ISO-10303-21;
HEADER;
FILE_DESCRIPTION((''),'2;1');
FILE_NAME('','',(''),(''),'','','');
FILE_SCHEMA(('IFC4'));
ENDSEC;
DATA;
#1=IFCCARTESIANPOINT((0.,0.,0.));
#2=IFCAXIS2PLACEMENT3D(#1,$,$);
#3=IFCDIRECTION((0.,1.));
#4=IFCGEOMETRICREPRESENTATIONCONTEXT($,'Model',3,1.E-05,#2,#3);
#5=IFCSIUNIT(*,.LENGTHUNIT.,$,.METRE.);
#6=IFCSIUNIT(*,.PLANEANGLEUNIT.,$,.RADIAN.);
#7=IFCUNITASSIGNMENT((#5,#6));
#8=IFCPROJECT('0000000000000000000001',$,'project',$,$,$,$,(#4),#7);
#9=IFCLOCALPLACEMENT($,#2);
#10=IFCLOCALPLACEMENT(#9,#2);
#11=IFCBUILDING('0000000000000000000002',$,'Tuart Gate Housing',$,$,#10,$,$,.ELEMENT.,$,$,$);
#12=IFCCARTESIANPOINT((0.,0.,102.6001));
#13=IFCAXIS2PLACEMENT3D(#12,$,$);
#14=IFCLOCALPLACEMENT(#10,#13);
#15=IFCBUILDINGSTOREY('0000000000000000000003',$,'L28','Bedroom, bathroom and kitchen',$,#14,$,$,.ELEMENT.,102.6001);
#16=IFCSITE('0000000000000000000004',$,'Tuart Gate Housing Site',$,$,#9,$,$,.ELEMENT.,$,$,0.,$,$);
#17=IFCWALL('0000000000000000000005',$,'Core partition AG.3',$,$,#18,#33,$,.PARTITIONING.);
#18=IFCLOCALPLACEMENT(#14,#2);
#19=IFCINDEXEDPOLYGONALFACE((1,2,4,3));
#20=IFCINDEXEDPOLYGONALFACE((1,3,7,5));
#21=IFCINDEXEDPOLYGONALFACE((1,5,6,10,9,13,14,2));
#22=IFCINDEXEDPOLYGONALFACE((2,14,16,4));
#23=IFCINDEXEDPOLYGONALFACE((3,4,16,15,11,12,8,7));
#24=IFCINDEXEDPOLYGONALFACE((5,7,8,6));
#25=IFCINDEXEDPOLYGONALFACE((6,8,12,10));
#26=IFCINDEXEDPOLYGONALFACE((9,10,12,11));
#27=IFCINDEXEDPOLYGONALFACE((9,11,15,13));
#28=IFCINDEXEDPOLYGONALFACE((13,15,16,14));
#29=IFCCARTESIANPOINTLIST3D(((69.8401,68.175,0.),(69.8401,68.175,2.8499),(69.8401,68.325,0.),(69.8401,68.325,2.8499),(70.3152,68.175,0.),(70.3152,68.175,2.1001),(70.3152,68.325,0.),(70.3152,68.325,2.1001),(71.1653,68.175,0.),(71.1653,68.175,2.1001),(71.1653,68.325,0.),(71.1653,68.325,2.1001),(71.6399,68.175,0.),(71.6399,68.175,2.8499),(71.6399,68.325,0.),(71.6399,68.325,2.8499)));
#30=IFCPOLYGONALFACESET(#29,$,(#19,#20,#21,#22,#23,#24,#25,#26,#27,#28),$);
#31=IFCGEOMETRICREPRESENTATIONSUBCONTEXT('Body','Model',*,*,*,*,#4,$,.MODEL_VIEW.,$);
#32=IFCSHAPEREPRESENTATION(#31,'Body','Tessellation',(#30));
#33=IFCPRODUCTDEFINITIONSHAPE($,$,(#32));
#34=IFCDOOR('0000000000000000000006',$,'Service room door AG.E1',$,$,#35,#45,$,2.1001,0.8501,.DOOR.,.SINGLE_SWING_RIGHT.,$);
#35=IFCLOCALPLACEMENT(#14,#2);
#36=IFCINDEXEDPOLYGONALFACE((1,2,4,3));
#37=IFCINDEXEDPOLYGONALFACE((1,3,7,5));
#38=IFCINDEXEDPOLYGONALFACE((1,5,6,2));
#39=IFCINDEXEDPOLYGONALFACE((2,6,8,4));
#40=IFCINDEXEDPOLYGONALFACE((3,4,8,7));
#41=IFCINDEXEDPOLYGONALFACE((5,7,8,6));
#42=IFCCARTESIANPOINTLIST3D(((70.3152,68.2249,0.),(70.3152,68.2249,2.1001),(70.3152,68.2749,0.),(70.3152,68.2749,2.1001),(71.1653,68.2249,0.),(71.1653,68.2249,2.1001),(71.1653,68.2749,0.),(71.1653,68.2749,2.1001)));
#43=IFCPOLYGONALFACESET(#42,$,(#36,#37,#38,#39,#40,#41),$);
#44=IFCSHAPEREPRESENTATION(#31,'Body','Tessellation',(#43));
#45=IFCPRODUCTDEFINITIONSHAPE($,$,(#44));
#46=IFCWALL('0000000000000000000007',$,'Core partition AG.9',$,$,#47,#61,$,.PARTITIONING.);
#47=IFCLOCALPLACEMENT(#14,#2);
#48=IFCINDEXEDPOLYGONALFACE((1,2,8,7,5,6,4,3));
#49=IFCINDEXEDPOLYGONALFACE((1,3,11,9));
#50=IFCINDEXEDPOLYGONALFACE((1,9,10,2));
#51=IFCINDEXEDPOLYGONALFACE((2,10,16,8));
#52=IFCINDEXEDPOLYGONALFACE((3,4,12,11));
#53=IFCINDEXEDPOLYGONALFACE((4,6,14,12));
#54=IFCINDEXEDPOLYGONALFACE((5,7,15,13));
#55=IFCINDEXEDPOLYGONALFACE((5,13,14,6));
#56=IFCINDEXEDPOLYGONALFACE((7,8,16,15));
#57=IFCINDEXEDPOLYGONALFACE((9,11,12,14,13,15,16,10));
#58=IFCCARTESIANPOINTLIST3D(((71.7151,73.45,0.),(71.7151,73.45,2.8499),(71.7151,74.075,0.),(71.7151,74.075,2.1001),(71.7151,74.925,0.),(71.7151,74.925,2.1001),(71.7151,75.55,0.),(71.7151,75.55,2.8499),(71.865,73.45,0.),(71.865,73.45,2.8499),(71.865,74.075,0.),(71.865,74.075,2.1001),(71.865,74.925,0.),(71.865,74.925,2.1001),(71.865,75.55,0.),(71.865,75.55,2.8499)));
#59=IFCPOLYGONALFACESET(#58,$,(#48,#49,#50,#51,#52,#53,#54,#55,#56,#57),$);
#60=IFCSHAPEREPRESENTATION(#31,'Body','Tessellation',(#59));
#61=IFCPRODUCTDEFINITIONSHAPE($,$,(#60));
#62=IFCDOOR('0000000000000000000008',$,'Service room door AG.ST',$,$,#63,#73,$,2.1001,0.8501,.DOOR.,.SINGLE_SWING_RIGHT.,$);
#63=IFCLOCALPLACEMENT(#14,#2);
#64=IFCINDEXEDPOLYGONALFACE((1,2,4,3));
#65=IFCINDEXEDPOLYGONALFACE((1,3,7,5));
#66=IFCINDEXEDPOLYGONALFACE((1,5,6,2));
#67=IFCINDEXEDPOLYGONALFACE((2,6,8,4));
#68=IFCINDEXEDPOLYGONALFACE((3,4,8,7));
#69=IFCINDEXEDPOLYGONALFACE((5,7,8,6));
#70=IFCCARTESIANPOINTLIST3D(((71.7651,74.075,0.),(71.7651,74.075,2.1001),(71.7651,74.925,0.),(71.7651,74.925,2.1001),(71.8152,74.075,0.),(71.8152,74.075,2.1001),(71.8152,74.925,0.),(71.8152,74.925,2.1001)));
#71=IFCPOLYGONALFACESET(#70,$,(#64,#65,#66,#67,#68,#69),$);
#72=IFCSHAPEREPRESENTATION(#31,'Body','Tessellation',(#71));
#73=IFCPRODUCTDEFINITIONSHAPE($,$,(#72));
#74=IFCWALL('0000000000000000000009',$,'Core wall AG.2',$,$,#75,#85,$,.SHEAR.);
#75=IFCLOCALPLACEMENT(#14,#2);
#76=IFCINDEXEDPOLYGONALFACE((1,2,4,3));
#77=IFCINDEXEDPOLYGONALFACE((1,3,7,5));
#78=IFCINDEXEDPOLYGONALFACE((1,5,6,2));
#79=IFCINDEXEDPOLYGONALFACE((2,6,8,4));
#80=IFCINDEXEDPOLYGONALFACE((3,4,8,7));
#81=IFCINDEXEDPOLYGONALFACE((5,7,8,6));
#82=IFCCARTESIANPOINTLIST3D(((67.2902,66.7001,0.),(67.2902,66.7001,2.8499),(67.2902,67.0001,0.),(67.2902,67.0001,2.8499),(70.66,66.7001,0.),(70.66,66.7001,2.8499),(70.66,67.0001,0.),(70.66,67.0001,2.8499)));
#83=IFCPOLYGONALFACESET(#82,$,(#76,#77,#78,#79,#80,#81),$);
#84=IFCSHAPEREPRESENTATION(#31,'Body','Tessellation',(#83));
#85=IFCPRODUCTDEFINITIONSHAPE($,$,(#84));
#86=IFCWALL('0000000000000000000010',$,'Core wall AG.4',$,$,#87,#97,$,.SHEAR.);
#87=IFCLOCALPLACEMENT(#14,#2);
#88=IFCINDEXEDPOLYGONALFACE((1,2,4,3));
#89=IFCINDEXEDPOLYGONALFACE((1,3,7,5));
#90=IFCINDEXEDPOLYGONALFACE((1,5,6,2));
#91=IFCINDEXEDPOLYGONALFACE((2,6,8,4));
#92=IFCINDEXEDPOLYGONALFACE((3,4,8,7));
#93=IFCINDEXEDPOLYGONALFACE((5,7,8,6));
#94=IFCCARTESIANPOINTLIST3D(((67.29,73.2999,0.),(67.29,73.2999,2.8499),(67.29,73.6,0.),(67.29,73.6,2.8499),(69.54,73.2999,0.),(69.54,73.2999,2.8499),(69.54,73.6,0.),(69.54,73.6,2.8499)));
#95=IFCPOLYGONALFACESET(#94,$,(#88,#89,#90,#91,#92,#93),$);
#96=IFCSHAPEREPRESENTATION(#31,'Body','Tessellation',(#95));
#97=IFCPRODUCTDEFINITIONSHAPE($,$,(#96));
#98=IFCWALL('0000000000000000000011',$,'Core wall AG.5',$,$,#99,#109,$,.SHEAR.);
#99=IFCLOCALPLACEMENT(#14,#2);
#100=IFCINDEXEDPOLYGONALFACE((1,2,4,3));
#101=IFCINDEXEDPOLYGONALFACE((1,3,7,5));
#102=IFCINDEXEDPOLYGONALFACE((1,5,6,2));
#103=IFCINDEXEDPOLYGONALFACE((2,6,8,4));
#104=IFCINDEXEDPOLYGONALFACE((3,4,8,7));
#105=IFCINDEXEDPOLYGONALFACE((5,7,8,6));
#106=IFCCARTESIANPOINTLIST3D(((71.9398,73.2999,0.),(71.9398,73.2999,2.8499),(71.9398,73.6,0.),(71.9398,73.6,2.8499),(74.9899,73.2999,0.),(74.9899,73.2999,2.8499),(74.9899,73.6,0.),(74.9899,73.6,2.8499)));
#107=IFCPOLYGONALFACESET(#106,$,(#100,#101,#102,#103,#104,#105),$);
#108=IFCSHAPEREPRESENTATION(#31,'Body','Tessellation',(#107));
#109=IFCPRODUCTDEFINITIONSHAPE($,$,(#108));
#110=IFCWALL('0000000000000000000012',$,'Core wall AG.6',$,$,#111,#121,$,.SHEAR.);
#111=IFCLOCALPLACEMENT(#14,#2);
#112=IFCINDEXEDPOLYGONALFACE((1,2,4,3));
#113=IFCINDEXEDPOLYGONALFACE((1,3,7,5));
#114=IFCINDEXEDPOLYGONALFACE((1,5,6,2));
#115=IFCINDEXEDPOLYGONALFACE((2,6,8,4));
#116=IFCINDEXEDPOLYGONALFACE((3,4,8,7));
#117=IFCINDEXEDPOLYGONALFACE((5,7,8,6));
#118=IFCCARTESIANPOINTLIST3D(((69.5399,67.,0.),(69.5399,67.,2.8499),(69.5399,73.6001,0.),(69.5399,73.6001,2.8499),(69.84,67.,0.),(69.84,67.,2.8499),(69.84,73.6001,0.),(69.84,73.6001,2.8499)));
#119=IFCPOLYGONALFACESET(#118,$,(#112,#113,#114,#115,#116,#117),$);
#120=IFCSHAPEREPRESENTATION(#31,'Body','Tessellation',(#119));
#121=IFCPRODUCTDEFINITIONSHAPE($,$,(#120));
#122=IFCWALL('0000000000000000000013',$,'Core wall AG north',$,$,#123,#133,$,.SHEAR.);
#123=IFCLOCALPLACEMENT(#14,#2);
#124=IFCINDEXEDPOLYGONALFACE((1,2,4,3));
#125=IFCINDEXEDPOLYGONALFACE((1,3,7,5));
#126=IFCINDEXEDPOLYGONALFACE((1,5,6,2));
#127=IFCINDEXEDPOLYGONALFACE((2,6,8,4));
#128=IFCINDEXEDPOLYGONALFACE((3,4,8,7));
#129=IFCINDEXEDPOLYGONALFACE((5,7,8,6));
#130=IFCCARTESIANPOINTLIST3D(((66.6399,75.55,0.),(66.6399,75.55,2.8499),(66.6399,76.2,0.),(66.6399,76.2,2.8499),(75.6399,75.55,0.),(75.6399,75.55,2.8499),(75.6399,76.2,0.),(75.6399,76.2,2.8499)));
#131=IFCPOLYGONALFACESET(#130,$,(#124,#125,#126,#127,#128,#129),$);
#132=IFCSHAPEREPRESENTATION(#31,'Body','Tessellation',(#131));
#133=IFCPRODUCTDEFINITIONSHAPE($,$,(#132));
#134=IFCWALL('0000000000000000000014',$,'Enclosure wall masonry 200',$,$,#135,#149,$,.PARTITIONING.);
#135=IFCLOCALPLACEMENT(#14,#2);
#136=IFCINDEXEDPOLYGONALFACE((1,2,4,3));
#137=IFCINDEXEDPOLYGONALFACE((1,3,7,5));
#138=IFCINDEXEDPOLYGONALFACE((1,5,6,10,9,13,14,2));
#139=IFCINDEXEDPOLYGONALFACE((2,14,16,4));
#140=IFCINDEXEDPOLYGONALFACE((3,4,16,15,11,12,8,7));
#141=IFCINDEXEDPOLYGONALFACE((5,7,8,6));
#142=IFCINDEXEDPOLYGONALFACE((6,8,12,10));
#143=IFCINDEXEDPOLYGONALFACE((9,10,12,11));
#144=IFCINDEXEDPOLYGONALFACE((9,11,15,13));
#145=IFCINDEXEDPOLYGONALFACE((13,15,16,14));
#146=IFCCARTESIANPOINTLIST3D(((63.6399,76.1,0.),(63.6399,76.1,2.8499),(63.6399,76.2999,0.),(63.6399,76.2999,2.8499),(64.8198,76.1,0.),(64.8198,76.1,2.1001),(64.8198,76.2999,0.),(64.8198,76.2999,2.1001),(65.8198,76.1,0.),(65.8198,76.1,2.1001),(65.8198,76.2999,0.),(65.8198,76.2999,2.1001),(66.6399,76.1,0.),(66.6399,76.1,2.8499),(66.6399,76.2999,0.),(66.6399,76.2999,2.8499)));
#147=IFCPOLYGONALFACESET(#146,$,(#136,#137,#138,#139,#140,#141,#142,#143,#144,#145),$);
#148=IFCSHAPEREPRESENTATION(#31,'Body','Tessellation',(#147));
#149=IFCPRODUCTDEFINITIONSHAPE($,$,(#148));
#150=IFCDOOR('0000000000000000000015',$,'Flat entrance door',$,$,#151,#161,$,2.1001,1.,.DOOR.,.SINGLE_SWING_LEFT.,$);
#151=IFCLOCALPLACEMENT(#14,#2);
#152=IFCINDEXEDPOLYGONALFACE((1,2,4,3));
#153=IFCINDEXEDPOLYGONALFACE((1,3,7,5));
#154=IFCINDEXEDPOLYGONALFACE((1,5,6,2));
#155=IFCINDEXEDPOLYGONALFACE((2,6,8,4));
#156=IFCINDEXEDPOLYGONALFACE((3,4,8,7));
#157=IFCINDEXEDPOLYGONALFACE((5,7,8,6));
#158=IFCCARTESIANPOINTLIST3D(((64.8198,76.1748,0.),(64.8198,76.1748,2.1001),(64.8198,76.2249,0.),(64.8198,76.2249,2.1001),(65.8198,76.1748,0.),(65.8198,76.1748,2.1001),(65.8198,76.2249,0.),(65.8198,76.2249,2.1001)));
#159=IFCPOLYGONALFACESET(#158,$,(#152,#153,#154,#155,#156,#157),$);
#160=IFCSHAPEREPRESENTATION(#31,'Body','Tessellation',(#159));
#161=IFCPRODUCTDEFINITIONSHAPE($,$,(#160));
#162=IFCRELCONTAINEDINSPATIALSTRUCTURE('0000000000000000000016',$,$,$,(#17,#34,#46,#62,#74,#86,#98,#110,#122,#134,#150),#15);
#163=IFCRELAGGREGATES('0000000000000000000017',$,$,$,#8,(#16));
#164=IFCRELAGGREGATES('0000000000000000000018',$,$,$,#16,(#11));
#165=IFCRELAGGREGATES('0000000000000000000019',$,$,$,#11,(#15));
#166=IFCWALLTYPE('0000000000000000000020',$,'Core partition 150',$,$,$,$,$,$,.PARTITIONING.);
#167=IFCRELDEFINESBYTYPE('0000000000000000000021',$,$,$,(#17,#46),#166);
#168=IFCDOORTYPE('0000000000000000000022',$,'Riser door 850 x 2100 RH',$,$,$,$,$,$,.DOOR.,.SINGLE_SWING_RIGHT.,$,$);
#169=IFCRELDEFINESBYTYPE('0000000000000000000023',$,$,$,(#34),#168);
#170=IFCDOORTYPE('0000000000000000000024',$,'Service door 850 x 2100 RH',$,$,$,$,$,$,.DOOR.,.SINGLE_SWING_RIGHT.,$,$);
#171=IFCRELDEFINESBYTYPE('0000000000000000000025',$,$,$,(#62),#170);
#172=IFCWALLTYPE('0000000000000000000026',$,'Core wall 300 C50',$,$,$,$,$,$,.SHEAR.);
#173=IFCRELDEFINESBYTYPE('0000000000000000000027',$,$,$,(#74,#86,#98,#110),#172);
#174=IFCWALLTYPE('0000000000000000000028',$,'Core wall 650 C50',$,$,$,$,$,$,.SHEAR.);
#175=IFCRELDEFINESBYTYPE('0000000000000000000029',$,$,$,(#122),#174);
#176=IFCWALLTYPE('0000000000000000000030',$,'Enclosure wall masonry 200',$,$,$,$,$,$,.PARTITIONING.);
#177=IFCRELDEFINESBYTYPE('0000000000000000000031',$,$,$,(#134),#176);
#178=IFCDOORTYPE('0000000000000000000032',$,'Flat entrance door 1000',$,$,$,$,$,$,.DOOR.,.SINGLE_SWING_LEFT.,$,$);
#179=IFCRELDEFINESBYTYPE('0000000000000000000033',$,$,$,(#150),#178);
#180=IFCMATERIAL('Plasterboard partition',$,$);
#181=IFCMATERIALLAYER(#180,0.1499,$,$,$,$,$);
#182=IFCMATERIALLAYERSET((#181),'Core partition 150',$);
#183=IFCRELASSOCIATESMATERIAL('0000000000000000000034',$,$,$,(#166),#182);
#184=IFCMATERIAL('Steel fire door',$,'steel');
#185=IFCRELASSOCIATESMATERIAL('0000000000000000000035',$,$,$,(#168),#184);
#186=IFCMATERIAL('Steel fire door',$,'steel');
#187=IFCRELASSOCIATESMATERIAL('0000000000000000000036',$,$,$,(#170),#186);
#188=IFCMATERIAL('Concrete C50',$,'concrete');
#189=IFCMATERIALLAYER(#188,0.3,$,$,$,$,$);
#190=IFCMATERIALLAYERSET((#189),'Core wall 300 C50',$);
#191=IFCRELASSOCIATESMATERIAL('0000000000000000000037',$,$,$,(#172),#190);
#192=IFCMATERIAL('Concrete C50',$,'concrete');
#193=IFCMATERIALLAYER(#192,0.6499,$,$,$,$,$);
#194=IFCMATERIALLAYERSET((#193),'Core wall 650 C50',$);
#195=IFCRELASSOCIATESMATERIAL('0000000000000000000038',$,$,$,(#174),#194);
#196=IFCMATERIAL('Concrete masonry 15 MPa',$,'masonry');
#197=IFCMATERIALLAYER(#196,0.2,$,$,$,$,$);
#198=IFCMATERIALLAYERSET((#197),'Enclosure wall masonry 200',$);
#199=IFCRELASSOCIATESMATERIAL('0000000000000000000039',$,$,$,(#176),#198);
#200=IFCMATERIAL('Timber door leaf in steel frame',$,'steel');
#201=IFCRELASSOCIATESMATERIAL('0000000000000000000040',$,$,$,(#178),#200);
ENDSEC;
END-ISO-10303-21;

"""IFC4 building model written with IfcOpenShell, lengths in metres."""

from ifc_helpers import new_model, si_unit, direction, frame, frame_2d, origin, place, context, subcontext, project, spatial, rectangle, extrude, material, layer, layer_set, type_object, element, fill, save


model = new_model("IFC4")

# Units and contexts
model_context = context("Model", 3, precision=1e-05, world=origin(), true_north=direction((0.0, 1.0)))
body_context = subcontext(model_context, "Body", "Model", "MODEL_VIEW")
ifc_project = project(units=[si_unit("LENGTHUNIT", "METRE"), si_unit("PLANEANGLEUNIT", "RADIAN")], contexts=[model_context])

# Site, building, storey
site_placement = place(None, origin())
site = spatial("IfcSite", under=ifc_project, at=site_placement, Name="Tuart Gate Housing Site", CompositionType="ELEMENT", RefElevation=0.0)
building_placement = place(site_placement, origin())
building = spatial("IfcBuilding", under=site, at=building_placement, Name="Tuart Gate Housing", CompositionType="ELEMENT")
storey_placement = place(building_placement, frame((0.0, 0.0, 102.6001)))
storey = spatial("IfcBuildingStorey", under=building, at=storey_placement, Name="L28", Description="Bedroom, bathroom and kitchen", CompositionType="ELEMENT", Elevation=102.6001)

# Walls, openings, doors
ifc_material_1 = material(Name="Plasterboard partition")
ifc_layer_1 = layer(ifc_material_1, 0.1499)
ifc_layer_set_1 = layer_set([ifc_layer_1], Name="Core partition 150")
wall_type_1 = type_object("IfcWallType", Name="Core partition 150", PredefinedType="PARTITIONING", material=ifc_layer_set_1)
wall_1_placement = place(storey_placement, frame((69.8401, 68.25, 0.0), z_axis=(0.0, 0.0, 1.0), x_axis=(1.0, 0.0, 0.0)))
wall_1 = element("IfcWall", 1, at=wall_1_placement, inside=storey, type_object=wall_type_1, Name="Core partition AG.3", PredefinedType="PARTITIONING", context=body_context, shape_type="SweptSolid", body=[
    extrude(rectangle(XDim=1.7998, YDim=0.1499, at=frame_2d((0.8999, 0.0))), origin(), (0.0, 0.0, 1.0), 2.8499),
])
opening_1_placement = place(wall_1_placement, frame((0.4751, 0.0, 0.0)))
opening_1 = element("IfcOpeningElement", 2, at=opening_1_placement, cuts=wall_1, PredefinedType="OPENING", context=body_context, shape_type="SweptSolid", body=[
    extrude(rectangle(XDim=0.8501, YDim=2.1001, at=frame_2d((0.425, 1.05))), frame((0.0, 0.085, 0.0), z_axis=(0.0, -1.0, 0.0), x_axis=(1.0, 0.0, 0.0)), (0.0, 0.0, 1.0), 0.1699),
])
ifc_material_2 = material(Name="Steel fire door", Category="steel")
door_type_1 = type_object("IfcDoorType", Name="Riser door 850 x 2100 RH", OperationType="SINGLE_SWING_RIGHT", PredefinedType="DOOR", material=ifc_material_2)
door_1_placement = place(opening_1_placement, frame((0.8501, 0.0, 0.0), z_axis=(0.0, 0.0, 1.0), x_axis=(-1.0, 0.0, 0.0)))
door_1 = element("IfcDoor", 3, at=door_1_placement, inside=storey, type_object=door_type_1, Name="Service room door AG.E1", OperationType="SINGLE_SWING_RIGHT", OverallHeight=2.1001, OverallWidth=0.8501, PredefinedType="DOOR", context=body_context, shape_type="SweptSolid", body=[
    extrude(rectangle(XDim=0.8501, YDim=2.1001, at=frame_2d((0.425, 1.05))), frame((0.0, 0.0251, 0.0), z_axis=(0.0, -1.0, 0.0), x_axis=(1.0, 0.0, 0.0)), (0.0, 0.0, 1.0), 0.05),
])
fill(opening_1, door_1)
wall_2_placement = place(storey_placement, frame((71.79, 73.45, 0.0), z_axis=(0.0, 0.0, 1.0), x_axis=(0.0, 1.0, 0.0)))
wall_2 = element("IfcWall", 4, at=wall_2_placement, inside=storey, type_object=wall_type_1, Name="Core partition AG.9", PredefinedType="PARTITIONING", context=body_context, shape_type="SweptSolid", body=[
    extrude(rectangle(XDim=2.1001, YDim=0.1499, at=frame_2d((1.05, 0.0))), origin(), (0.0, 0.0, 1.0), 2.8499),
])
opening_2_placement = place(wall_2_placement, frame((0.625, 0.0, 0.0)))
opening_2 = element("IfcOpeningElement", 5, at=opening_2_placement, cuts=wall_2, PredefinedType="OPENING", context=body_context, shape_type="SweptSolid", body=[
    extrude(rectangle(XDim=0.8501, YDim=2.1001, at=frame_2d((0.425, 1.05))), frame((0.0, 0.085, 0.0), z_axis=(0.0, -1.0, 0.0), x_axis=(1.0, 0.0, 0.0)), (0.0, 0.0, 1.0), 0.1699),
])
ifc_material_3 = material(Name="Steel fire door", Category="steel")
door_type_2 = type_object("IfcDoorType", Name="Service door 850 x 2100 RH", OperationType="SINGLE_SWING_RIGHT", PredefinedType="DOOR", material=ifc_material_3)
door_2_placement = place(opening_2_placement, frame((0.8501, 0.0, 0.0), z_axis=(0.0, 0.0, 1.0), x_axis=(-1.0, 0.0, 0.0)))
door_2 = element("IfcDoor", 6, at=door_2_placement, inside=storey, type_object=door_type_2, Name="Service room door AG.ST", OperationType="SINGLE_SWING_RIGHT", OverallHeight=2.1001, OverallWidth=0.8501, PredefinedType="DOOR", context=body_context, shape_type="SweptSolid", body=[
    extrude(rectangle(XDim=0.8501, YDim=2.1001, at=frame_2d((0.425, 1.05))), frame((0.0, 0.0251, 0.0), z_axis=(0.0, -1.0, 0.0), x_axis=(1.0, 0.0, 0.0)), (0.0, 0.0, 1.0), 0.05),
])
fill(opening_2, door_2)

# Walls
ifc_material_4 = material(Name="Concrete C50", Category="concrete")
ifc_layer_2 = layer(ifc_material_4, 0.3)
ifc_layer_set_2 = layer_set([ifc_layer_2], Name="Core wall 300 C50")
wall_type_2 = type_object("IfcWallType", Name="Core wall 300 C50", PredefinedType="SHEAR", material=ifc_layer_set_2)
wall_3_placement = place(storey_placement, frame((67.29, 66.8501, 0.0), z_axis=(0.0, 0.0, 1.0), x_axis=(1.0, 0.0, 0.0)))
element("IfcWall", 7, at=wall_3_placement, inside=storey, type_object=wall_type_2, Name="Core wall AG.2", PredefinedType="SHEAR", context=body_context, shape_type="SweptSolid", body=[
    extrude(rectangle(XDim=3.3699, YDim=0.3, at=frame_2d((1.6851, 0.0))), origin(), (0.0, 0.0, 1.0), 2.8499),
])
wall_4_placement = place(storey_placement, frame((67.29, 73.45, 0.0), z_axis=(0.0, 0.0, 1.0), x_axis=(1.0, 0.0, 0.0)))
element("IfcWall", 8, at=wall_4_placement, inside=storey, type_object=wall_type_2, Name="Core wall AG.4", PredefinedType="SHEAR", context=body_context, shape_type="SweptSolid", body=[
    extrude(rectangle(XDim=2.25, YDim=0.3, at=frame_2d((1.125, 0.0))), origin(), (0.0, 0.0, 1.0), 2.8499),
])
wall_5_placement = place(storey_placement, frame((71.9399, 73.45, 0.0), z_axis=(0.0, 0.0, 1.0), x_axis=(1.0, 0.0, 0.0)))
element("IfcWall", 9, at=wall_5_placement, inside=storey, type_object=wall_type_2, Name="Core wall AG.5", PredefinedType="SHEAR", context=body_context, shape_type="SweptSolid", body=[
    extrude(rectangle(XDim=3.05, YDim=0.3, at=frame_2d((1.5249, 0.0))), origin(), (0.0, 0.0, 1.0), 2.8499),
])
wall_6_placement = place(storey_placement, frame((69.6899, 67.0, 0.0), z_axis=(0.0, 0.0, 1.0), x_axis=(0.0, 1.0, 0.0)))
element("IfcWall", 10, at=wall_6_placement, inside=storey, type_object=wall_type_2, Name="Core wall AG.6", PredefinedType="SHEAR", context=body_context, shape_type="SweptSolid", body=[
    extrude(rectangle(XDim=6.6001, YDim=0.3, at=frame_2d((3.3, 0.0))), origin(), (0.0, 0.0, 1.0), 2.8499),
])
ifc_material_5 = material(Name="Concrete C50", Category="concrete")
ifc_layer_3 = layer(ifc_material_5, 0.6499)
ifc_layer_set_3 = layer_set([ifc_layer_3], Name="Core wall 650 C50")
wall_type_3 = type_object("IfcWallType", Name="Core wall 650 C50", PredefinedType="SHEAR", material=ifc_layer_set_3)
wall_7_placement = place(storey_placement, frame((66.6399, 75.875, 0.0), z_axis=(0.0, 0.0, 1.0), x_axis=(1.0, 0.0, 0.0)))
element("IfcWall", 11, at=wall_7_placement, inside=storey, type_object=wall_type_3, Name="Core wall AG north", PredefinedType="SHEAR", context=body_context, shape_type="SweptSolid", body=[
    extrude(rectangle(XDim=9.0, YDim=0.6499, at=frame_2d((4.5, 0.0))), origin(), (0.0, 0.0, 1.0), 2.8499),
])

# Wall, opening, door
ifc_material_6 = material(Name="Concrete masonry 15 MPa", Category="masonry")
ifc_layer_4 = layer(ifc_material_6, 0.2)
ifc_layer_set_4 = layer_set([ifc_layer_4], Name="Enclosure wall masonry 200")
wall_type_4 = type_object("IfcWallType", Name="Enclosure wall masonry 200", PredefinedType="PARTITIONING", material=ifc_layer_set_4)
wall_8_placement = place(storey_placement, frame((63.6399, 76.2, 0.0), z_axis=(0.0, 0.0, 1.0), x_axis=(1.0, 0.0, 0.0)))
wall_8 = element("IfcWall", 12, at=wall_8_placement, inside=storey, type_object=wall_type_4, Name="Enclosure wall masonry 200", PredefinedType="PARTITIONING", context=body_context, shape_type="SweptSolid", body=[
    extrude(rectangle(XDim=3.0, YDim=0.2, at=frame_2d((1.5, 0.0))), origin(), (0.0, 0.0, 1.0), 2.8499),
])
opening_3_placement = place(wall_8_placement, frame((1.1799, 0.0, 0.0)))
opening_3 = element("IfcOpeningElement", 13, at=opening_3_placement, cuts=wall_8, PredefinedType="OPENING", context=body_context, shape_type="SweptSolid", body=[
    extrude(rectangle(XDim=1.0, YDim=2.1001, at=frame_2d((0.5, 1.05))), frame((0.0, 0.1099, 0.0), z_axis=(0.0, -1.0, 0.0), x_axis=(1.0, 0.0, 0.0)), (0.0, 0.0, 1.0), 0.22),
])
ifc_material_7 = material(Name="Timber door leaf in steel frame", Category="steel")
door_type_3 = type_object("IfcDoorType", Name="Flat entrance door 1000", OperationType="SINGLE_SWING_LEFT", PredefinedType="DOOR", material=ifc_material_7)
door_3_placement = place(opening_3_placement, origin())
door_3 = element("IfcDoor", 14, at=door_3_placement, inside=storey, type_object=door_type_3, Name="Flat entrance door", OperationType="SINGLE_SWING_LEFT", OverallHeight=2.1001, OverallWidth=1.0, PredefinedType="DOOR", context=body_context, shape_type="SweptSolid", body=[
    extrude(rectangle(XDim=1.0, YDim=2.1001, at=frame_2d((0.5, 1.05))), frame((0.0, 0.0249, 0.0), z_axis=(0.0, -1.0, 0.0), x_axis=(1.0, 0.0, 0.0)), (0.0, 0.0, 1.0), 0.05),
])
fill(opening_3, door_3)

save(model, "model.ifc")
